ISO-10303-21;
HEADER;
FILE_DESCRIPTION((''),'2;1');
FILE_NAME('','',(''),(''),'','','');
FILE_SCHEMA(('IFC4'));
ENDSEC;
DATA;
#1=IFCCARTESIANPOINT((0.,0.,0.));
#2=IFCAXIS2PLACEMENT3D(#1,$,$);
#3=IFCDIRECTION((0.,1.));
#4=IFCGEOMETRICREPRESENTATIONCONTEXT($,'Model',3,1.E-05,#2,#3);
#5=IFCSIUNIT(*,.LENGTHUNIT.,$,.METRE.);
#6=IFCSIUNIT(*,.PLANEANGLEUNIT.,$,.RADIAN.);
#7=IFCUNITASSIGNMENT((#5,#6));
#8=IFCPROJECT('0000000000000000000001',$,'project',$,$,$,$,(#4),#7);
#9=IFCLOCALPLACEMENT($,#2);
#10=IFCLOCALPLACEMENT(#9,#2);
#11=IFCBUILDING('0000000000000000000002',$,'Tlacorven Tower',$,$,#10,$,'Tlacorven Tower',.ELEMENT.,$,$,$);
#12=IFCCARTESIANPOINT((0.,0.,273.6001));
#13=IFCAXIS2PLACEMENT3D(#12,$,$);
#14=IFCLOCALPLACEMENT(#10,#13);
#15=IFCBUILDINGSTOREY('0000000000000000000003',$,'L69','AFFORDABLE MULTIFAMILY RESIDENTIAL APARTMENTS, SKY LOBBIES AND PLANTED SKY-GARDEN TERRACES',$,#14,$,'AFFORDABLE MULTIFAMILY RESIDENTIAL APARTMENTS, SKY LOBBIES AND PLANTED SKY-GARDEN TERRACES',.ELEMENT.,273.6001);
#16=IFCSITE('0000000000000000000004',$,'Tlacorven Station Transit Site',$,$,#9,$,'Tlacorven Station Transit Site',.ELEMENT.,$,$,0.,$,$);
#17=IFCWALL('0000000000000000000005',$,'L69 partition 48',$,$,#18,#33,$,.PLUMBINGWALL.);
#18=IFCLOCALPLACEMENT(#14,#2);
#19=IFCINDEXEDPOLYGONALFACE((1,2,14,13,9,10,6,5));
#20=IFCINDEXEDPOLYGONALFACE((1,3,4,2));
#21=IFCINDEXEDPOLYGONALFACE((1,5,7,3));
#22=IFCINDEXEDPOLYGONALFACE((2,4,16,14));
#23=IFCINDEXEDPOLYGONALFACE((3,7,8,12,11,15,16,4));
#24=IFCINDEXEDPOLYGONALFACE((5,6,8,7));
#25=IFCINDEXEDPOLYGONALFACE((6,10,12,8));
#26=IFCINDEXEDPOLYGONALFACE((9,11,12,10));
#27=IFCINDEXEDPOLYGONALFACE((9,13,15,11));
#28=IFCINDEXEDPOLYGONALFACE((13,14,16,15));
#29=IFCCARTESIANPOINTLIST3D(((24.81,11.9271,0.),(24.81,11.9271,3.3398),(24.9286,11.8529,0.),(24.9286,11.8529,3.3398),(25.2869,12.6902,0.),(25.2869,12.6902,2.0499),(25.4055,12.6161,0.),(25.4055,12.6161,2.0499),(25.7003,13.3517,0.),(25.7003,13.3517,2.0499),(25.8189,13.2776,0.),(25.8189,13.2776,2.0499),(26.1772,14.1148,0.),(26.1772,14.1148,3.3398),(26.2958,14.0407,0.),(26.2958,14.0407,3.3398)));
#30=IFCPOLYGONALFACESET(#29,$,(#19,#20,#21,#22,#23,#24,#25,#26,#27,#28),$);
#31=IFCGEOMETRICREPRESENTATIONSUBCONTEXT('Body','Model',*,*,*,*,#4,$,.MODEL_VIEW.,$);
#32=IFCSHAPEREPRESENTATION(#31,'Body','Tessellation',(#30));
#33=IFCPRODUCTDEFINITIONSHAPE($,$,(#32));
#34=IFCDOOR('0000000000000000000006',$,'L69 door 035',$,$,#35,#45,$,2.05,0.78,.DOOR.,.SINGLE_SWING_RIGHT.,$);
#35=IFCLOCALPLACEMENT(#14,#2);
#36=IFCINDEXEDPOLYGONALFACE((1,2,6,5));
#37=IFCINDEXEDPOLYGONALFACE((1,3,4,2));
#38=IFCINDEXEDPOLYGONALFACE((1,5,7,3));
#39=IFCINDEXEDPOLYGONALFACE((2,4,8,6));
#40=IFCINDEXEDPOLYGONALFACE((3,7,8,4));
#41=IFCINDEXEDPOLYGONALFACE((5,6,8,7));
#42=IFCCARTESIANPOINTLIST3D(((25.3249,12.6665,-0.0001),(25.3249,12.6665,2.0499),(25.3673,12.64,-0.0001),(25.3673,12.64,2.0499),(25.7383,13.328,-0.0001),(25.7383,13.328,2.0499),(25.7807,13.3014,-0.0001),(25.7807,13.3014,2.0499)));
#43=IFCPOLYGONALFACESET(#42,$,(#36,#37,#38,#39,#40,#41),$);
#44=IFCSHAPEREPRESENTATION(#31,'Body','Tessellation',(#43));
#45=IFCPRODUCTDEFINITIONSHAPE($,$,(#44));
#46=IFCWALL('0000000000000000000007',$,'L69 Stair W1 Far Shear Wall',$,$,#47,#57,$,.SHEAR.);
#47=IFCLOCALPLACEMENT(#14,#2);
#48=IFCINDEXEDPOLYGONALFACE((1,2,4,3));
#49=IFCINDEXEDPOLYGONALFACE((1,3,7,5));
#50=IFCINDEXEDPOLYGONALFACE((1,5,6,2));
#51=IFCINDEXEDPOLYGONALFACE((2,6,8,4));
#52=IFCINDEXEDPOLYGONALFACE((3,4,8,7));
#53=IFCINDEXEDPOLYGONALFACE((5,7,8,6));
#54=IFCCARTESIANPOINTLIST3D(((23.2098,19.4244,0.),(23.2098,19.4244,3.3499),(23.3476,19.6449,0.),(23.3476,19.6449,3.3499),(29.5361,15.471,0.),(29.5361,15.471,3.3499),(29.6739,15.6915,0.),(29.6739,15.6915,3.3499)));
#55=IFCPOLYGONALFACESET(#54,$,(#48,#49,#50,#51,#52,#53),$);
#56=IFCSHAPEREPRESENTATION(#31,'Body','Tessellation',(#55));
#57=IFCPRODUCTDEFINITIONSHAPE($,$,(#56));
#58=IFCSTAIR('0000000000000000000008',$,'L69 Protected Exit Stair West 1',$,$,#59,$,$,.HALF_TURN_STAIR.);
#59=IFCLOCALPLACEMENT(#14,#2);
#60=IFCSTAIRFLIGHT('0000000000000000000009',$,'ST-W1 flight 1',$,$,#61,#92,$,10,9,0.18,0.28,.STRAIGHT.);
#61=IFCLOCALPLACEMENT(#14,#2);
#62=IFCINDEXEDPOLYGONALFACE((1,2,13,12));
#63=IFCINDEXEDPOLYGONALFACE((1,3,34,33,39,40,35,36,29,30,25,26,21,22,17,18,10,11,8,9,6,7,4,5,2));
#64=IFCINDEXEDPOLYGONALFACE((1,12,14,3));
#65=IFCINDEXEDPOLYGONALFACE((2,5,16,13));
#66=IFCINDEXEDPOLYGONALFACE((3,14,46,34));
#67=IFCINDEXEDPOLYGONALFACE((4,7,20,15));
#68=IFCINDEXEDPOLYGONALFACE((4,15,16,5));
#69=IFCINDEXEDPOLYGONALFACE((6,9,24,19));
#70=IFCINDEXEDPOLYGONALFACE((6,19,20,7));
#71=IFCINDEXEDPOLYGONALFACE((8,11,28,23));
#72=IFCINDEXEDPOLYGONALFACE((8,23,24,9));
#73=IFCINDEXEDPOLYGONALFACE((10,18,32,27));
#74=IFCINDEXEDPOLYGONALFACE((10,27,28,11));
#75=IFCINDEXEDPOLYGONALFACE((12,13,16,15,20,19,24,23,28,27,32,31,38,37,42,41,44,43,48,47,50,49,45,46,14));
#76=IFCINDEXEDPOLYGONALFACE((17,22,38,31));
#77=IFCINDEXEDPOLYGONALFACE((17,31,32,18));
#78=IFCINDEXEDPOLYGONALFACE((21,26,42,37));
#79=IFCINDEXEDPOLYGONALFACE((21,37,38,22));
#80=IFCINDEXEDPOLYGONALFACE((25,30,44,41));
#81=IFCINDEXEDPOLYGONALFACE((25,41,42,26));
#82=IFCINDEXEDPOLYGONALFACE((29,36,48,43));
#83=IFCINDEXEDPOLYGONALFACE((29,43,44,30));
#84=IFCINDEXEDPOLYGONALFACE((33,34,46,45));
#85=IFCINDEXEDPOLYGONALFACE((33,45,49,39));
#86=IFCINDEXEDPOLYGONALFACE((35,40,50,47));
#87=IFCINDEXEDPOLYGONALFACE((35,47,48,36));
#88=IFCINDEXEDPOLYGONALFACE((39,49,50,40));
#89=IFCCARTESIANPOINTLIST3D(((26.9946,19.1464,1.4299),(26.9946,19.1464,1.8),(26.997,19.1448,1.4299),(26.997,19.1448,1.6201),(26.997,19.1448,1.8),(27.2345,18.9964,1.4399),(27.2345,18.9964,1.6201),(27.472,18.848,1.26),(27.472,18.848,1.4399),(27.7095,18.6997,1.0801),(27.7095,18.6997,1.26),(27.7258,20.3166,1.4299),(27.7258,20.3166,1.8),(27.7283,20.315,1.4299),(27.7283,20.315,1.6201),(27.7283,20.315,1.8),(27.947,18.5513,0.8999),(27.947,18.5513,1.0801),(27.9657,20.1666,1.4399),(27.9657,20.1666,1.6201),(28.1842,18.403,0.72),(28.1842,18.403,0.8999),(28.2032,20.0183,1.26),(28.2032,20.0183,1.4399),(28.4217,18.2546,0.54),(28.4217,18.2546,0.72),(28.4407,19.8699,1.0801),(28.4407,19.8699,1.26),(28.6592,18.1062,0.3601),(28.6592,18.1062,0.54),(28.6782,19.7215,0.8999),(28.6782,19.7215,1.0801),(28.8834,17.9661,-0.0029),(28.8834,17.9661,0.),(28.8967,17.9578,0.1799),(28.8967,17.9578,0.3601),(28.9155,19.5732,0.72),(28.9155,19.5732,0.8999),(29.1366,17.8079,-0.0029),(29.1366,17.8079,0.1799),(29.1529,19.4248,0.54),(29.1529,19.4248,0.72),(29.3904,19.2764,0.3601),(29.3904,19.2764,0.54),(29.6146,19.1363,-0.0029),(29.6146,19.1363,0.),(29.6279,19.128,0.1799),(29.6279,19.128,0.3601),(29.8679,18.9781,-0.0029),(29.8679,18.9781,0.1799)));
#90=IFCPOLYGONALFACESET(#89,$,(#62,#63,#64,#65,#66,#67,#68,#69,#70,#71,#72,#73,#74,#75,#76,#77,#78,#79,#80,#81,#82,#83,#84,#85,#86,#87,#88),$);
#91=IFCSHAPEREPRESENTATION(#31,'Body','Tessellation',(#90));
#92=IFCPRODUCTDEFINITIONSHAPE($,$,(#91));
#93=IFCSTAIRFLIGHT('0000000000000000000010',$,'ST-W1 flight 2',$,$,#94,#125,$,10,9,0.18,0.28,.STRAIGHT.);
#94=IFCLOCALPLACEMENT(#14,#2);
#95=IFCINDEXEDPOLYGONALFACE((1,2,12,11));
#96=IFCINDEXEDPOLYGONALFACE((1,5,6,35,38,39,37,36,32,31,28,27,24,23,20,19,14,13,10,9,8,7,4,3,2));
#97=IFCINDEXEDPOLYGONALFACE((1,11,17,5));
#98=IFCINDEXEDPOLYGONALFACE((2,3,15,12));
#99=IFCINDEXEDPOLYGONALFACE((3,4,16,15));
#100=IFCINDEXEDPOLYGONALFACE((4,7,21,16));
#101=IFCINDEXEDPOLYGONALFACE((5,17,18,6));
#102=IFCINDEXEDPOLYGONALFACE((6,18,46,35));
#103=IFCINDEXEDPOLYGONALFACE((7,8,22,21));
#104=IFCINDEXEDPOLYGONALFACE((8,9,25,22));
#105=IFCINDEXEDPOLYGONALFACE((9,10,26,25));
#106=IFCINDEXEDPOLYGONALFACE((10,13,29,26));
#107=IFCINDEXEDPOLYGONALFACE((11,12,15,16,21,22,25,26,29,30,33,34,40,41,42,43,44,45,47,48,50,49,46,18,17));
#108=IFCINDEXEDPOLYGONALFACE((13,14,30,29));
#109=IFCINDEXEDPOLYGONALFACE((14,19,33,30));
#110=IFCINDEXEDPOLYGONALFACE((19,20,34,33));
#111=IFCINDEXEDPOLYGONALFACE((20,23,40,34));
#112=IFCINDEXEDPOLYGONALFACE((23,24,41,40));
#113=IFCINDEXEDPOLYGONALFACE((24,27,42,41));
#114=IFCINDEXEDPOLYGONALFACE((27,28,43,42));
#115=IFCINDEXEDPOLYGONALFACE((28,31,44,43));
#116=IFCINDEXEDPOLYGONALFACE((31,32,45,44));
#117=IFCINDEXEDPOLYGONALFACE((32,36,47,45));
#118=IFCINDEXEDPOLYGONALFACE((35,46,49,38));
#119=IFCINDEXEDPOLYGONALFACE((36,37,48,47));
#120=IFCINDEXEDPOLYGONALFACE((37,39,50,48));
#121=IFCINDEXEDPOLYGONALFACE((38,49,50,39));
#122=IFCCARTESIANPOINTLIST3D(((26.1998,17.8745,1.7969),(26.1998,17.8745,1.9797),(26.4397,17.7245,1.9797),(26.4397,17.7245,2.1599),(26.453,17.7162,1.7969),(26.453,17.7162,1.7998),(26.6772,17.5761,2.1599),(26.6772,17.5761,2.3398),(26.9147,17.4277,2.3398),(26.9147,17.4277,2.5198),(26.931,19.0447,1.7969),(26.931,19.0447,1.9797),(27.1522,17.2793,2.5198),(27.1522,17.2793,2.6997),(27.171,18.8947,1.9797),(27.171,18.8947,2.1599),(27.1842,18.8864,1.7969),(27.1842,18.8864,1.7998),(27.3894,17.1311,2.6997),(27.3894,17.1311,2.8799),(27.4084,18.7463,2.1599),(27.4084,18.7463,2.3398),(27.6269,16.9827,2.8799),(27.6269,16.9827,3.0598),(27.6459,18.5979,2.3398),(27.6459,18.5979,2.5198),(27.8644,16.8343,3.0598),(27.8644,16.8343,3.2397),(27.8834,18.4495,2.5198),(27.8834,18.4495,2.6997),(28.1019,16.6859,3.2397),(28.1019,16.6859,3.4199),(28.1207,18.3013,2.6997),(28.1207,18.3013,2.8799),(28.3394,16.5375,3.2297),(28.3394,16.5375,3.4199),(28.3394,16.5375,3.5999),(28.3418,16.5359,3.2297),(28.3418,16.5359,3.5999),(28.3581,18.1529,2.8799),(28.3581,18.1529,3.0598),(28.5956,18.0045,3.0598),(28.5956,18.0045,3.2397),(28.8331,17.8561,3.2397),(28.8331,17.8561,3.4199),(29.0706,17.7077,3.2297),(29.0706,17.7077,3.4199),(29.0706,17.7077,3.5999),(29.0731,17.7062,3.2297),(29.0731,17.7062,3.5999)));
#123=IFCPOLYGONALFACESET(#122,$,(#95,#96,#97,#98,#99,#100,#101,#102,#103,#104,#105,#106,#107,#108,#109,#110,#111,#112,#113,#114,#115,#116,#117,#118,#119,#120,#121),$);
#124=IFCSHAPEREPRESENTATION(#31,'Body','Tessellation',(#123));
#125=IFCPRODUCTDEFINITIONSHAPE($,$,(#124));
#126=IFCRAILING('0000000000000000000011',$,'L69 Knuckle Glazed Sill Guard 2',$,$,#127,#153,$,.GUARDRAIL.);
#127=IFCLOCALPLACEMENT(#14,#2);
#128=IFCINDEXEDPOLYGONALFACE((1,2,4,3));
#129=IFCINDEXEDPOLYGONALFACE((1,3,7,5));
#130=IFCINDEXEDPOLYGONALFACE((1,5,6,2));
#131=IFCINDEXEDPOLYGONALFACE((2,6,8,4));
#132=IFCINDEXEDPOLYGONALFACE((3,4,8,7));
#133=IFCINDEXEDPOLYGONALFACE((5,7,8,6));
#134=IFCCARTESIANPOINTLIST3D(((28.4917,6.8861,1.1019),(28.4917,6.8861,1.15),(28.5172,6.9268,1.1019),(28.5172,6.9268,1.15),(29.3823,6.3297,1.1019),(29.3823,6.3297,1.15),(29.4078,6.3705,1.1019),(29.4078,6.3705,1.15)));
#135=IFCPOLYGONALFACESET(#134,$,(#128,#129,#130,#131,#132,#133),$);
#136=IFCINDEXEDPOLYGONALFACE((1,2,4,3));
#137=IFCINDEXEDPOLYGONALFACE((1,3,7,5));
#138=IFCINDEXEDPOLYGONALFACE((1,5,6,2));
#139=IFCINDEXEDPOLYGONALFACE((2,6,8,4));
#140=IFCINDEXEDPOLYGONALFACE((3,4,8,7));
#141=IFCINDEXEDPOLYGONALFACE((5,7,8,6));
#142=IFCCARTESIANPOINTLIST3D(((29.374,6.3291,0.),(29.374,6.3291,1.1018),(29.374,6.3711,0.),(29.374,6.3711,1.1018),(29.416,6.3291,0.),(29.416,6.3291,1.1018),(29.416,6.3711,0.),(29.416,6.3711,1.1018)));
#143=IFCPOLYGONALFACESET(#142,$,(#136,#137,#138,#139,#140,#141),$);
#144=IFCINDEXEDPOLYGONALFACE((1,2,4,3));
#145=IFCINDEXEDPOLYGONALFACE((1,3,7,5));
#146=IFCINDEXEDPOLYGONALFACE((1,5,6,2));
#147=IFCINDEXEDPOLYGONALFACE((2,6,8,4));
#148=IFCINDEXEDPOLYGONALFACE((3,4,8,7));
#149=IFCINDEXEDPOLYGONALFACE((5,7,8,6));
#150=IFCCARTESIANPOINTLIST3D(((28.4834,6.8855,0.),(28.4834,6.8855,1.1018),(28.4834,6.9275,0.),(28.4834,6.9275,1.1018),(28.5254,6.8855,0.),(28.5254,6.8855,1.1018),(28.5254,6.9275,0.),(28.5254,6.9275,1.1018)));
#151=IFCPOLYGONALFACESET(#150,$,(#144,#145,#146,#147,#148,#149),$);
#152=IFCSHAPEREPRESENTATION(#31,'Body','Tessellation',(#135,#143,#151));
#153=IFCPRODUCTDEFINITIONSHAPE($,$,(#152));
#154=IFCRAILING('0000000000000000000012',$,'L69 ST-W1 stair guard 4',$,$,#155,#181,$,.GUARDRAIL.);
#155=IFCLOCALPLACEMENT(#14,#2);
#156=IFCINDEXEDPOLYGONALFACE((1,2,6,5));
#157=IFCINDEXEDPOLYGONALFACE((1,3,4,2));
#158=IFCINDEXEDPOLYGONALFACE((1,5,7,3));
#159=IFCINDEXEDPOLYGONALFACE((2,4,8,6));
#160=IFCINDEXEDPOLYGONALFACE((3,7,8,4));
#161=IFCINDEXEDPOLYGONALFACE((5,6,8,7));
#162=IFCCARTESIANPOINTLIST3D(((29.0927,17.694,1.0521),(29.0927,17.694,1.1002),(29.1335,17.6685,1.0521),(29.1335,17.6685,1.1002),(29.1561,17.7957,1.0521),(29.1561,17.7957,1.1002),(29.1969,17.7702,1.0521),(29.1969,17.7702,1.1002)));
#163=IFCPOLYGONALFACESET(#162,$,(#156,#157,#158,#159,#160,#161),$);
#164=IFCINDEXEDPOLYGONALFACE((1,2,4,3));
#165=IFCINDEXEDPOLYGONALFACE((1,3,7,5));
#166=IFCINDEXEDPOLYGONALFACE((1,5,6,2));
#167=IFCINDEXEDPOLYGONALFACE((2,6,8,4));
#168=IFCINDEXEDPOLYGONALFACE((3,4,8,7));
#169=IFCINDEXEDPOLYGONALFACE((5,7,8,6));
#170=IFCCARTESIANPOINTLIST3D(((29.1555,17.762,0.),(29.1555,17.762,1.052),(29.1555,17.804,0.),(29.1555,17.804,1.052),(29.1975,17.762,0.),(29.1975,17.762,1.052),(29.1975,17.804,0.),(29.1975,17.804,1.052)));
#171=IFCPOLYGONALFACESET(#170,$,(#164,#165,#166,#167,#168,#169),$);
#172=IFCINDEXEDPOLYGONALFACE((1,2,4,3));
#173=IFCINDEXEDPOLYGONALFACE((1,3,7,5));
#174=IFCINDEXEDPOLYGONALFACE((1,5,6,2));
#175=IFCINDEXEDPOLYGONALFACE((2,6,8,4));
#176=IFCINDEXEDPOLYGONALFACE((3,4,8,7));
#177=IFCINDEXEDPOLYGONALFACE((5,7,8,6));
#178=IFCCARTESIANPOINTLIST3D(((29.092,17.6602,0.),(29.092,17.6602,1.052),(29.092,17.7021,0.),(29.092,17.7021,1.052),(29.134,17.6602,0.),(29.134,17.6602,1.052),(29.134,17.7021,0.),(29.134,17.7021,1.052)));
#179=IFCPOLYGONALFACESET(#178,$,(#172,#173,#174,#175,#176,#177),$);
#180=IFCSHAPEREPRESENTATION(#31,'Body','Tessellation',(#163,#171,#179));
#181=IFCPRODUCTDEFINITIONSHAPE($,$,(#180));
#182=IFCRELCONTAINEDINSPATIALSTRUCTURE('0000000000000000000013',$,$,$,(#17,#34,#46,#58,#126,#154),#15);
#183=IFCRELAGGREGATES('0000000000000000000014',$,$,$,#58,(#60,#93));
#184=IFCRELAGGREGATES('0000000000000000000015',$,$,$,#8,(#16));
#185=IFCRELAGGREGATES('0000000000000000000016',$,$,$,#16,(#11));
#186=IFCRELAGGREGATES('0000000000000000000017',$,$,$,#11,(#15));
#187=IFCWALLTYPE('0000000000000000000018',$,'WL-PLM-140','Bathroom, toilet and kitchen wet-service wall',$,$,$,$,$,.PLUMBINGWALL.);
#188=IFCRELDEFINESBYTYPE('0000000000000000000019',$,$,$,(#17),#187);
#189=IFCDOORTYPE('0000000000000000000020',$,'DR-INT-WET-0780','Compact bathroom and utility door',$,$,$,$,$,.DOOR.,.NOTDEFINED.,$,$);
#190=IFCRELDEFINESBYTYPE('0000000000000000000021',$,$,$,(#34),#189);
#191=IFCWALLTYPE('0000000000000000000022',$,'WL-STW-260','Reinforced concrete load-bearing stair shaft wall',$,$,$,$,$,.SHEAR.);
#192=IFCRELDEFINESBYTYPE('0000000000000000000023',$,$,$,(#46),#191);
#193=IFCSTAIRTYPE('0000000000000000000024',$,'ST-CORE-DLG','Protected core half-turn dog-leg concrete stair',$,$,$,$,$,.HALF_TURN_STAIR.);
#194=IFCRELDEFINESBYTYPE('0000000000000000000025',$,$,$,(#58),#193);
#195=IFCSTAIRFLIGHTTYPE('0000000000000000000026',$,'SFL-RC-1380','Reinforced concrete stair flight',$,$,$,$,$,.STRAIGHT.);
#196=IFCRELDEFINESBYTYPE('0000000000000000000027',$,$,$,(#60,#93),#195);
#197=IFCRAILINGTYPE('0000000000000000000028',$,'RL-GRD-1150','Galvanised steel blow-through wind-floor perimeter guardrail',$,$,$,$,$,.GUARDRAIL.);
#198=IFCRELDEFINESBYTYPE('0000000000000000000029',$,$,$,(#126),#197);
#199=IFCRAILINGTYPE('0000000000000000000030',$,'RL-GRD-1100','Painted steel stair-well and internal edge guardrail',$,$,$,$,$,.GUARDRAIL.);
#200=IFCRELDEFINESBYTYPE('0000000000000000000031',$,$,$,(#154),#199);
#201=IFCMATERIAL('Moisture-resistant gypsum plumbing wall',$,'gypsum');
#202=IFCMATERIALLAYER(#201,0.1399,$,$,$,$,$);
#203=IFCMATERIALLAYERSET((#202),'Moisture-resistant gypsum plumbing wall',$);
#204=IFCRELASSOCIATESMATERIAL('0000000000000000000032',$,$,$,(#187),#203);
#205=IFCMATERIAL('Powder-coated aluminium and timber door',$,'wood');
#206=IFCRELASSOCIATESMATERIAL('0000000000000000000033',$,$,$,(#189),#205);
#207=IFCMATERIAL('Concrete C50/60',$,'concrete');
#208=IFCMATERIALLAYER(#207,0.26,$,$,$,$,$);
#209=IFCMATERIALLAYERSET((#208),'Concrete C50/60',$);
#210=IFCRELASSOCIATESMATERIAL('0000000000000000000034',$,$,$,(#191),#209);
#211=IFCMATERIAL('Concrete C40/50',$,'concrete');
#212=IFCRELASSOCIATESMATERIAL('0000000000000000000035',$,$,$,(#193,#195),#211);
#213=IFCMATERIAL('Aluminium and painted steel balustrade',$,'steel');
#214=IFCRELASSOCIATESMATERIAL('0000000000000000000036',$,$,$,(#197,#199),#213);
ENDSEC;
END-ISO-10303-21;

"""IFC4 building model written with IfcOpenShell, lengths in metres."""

from ifc_helpers import new_model, si_unit, direction, frame, frame_2d, origin, origin_2d, place, context, subcontext, project, spatial, polyline, rectangle, outline, extrude, source, transform, mapped, material, layer, layer_set, type_object, element, fill, aggregate, save


model = new_model("IFC4")

# Units and contexts
model_context = context("Model", 3, precision=1e-05, world=origin(), true_north=direction((0.0, 1.0)))
body_context = subcontext(model_context, "Body", "Model", "MODEL_VIEW")
ifc_project = project(units=[si_unit("LENGTHUNIT", "METRE"), si_unit("PLANEANGLEUNIT", "RADIAN")], contexts=[model_context])

# Site, building, storey
site_placement = place(None, origin())
site = spatial("IfcSite", under=ifc_project, at=site_placement, Name="Tlacorven Station Transit Site", LongName="Tlacorven Station Transit Site", CompositionType="ELEMENT", RefElevation=0.0)
building_placement = place(site_placement, origin())
building = spatial("IfcBuilding", under=site, at=building_placement, Name="Tlacorven Tower", LongName="Tlacorven Tower", CompositionType="ELEMENT")
storey_placement = place(building_placement, frame((0.0, 0.0, 273.6001)))
storey = spatial("IfcBuildingStorey", under=building, at=storey_placement, Name="L69", Description="AFFORDABLE MULTIFAMILY RESIDENTIAL APARTMENTS, SKY LOBBIES AND PLANTED SKY-GARDEN TERRACES", LongName="AFFORDABLE MULTIFAMILY RESIDENTIAL APARTMENTS, SKY LOBBIES AND PLANTED SKY-GARDEN TERRACES", CompositionType="ELEMENT", Elevation=273.6001)

# Shared definitions
ifc_material_1 = material(Name="Powder-coated aluminium and timber door", Category="wood")

# Wall, opening, door
ifc_material_2 = material(Name="Moisture-resistant gypsum plumbing wall", Category="gypsum")
ifc_layer_1 = layer(ifc_material_2, 0.1399)
ifc_layer_set_1 = layer_set([ifc_layer_1], Name="Moisture-resistant gypsum plumbing wall")
wall_type_1 = type_object("IfcWallType", Name="WL-PLM-140", Description="Bathroom, toilet and kitchen wet-service wall", PredefinedType="PLUMBINGWALL", material=ifc_layer_set_1)
wall_1_placement = place(storey_placement, frame((26.2366, 14.0779, 0.0), z_axis=(0.0, 0.0, 1.0), x_axis=(-0.529956, -0.848025, 0.0)))
wall_1 = element("IfcWall", 1, at=wall_1_placement, inside=storey, type_object=wall_type_1, Name="L69 partition 48", PredefinedType="PLUMBINGWALL", context=body_context, shape_type="SweptSolid", body=[
    extrude(rectangle(XDim=2.5798, YDim=0.1399, at=frame_2d((1.29, 0.0))), origin(), (0.0, 0.0, 1.0), 3.3398),
])
opening_1_placement = place(wall_1_placement, frame((0.8999, 0.0, 0.0)))
opening_1 = element("IfcOpeningElement", 2, at=opening_1_placement, cuts=wall_1, PredefinedType="OPENING", context=body_context, shape_type="SweptSolid", body=[
    extrude(rectangle(XDim=0.78, YDim=2.05, at=frame_2d((0.3901, 1.0249))), frame((0.0, 0.0801, 0.0), z_axis=(0.0, -1.0, 0.0), x_axis=(1.0, 0.0, 0.0)), (0.0, 0.0, 1.0), 0.1599),
])
door_type_1 = type_object("IfcDoorType", Name="DR-INT-WET-0780", Description="Compact bathroom and utility door", OperationType="NOTDEFINED", PredefinedType="DOOR", material=ifc_material_1)
shared_shape_1 = source(origin(), body_context, "Body", "SweptSolid", [
    extrude(rectangle(XDim=0.78, YDim=2.05, at=frame_2d((0.3901, 1.0249))), frame((0.0, 0.0249, 0.0), z_axis=(0.0, -1.0, 0.0), x_axis=(1.0, 0.0, 0.0)), (0.0, 0.0, 1.0), 0.05),
])
door_1_placement = place(opening_1_placement, origin())
door_1 = element("IfcDoor", 3, at=door_1_placement, inside=storey, type_object=door_type_1, Name="L69 door 035", OperationType="SINGLE_SWING_RIGHT", OverallHeight=2.05, OverallWidth=0.78, PredefinedType="DOOR", context=body_context, shape_type="MappedRepresentation", body=[
    mapped(shared_shape_1, transform((0.0, 0.0, 0.0), scale=1.0)),
])
fill(opening_1, door_1)

# Wall
ifc_material_3 = material(Name="Concrete C50/60", Category="concrete")
ifc_layer_2 = layer(ifc_material_3, 0.26)
ifc_layer_set_2 = layer_set([ifc_layer_2], Name="Concrete C50/60")
wall_type_2 = type_object("IfcWallType", Name="WL-STW-260", Description="Reinforced concrete load-bearing stair shaft wall", PredefinedType="SHEAR", material=ifc_layer_set_2)
wall_2_placement = place(storey_placement, frame((29.605, 15.5813, 0.0), z_axis=(0.0, 0.0, 1.0), x_axis=(-0.848037, 0.529937, 0.0)))
element("IfcWall", 4, at=wall_2_placement, inside=storey, type_object=wall_type_2, Name="L69 Stair W1 Far Shear Wall", PredefinedType="SHEAR", context=body_context, shape_type="SweptSolid", body=[
    extrude(rectangle(XDim=7.46, YDim=0.26, at=frame_2d((3.73, 0.0))), origin(), (0.0, 0.0, 1.0), 3.3499),
])

# Stair, stair flights
ifc_material_4 = material(Name="Concrete C40/50", Category="concrete")
stair_type = type_object("IfcStairType", Name="ST-CORE-DLG", Description="Protected core half-turn dog-leg concrete stair", PredefinedType="HALF_TURN_STAIR", material=ifc_material_4)
stair_placement = place(storey_placement, origin())
stair = element("IfcStair", 5, at=stair_placement, inside=storey, type_object=stair_type, Name="L69 Protected Exit Stair West 1", PredefinedType="HALF_TURN_STAIR")
stair_flight_type = type_object("IfcStairFlightType", Name="SFL-RC-1380", Description="Reinforced concrete stair flight", PredefinedType="STRAIGHT", material=ifc_material_4)
shared_shape_2 = source(origin(), body_context, "Body", "SweptSolid", [
    extrude(outline(polyline([(-0.0029, -0.0029), (-0.0029, 0.1799), (0.28, 0.1799), (0.28, 0.3601), (0.5601, 0.3601), (0.5601, 0.54), (0.8401, 0.54), (0.8401, 0.72), (1.1201, 0.72), (1.1201, 0.8999), (1.3999, 0.8999), (1.3999, 1.0801), (1.6799, 1.0801), (1.6799, 1.26), (1.96, 1.26), (1.96, 1.4399), (2.24, 1.4399), (2.24, 1.6201), (2.52, 1.6201), (2.52, 1.8), (2.5229, 1.8), (2.5229, 1.4299), (2.52, 1.4299), (0.2957, 0.0), (0.2957, -0.0029), (-0.0029, -0.0029)])), frame((0.0, 0.6899, 0.0), z_axis=(0.0, -1.0, 0.0), x_axis=(1.0, 0.0, 0.0)), (0.0, 0.0, 1.0), 1.3799),
])
stair_flight_1_placement = place(storey_placement, frame((29.4998, 18.3945, 0.0), z_axis=(0.0, 0.0, 1.0), x_axis=(-0.848048, 0.529919, 0.0)))
stair_flight_1 = element("IfcStairFlight", 6, at=stair_flight_1_placement, type_object=stair_flight_type, Name="ST-W1 flight 1", NumberOfRisers=10, NumberOfTreads=9, PredefinedType="STRAIGHT", RiserHeight=0.18, TreadLength=0.28, context=body_context, shape_type="MappedRepresentation", body=[
    mapped(shared_shape_2, transform((0.0, 0.0, 0.0), scale=1.0)),
])
stair_flight_2_placement = place(storey_placement, frame((26.5679, 18.458, 1.7998), z_axis=(0.0, 0.0, 1.0), x_axis=(0.848048, -0.529919, 0.0)))
stair_flight_2 = element("IfcStairFlight", 7, at=stair_flight_2_placement, type_object=stair_flight_type, Name="ST-W1 flight 2", NumberOfRisers=10, NumberOfTreads=9, PredefinedType="STRAIGHT", RiserHeight=0.18, TreadLength=0.28, context=body_context, shape_type="MappedRepresentation", body=[
    mapped(shared_shape_2, transform((0.0, 0.0, 0.0), scale=1.0)),
])
aggregate(stair, [stair_flight_1, stair_flight_2])

# Railings
ifc_material_5 = material(Name="Aluminium and painted steel balustrade", Category="steel")
railing_type_1 = type_object("IfcRailingType", Name="RL-GRD-1150", Description="Galvanised steel blow-through wind-floor perimeter guardrail", PredefinedType="GUARDRAIL", material=ifc_material_5)
shared_shape_3 = source(origin(), body_context, "Body", "SweptSolid", [
    extrude(rectangle(XDim=0.0481, YDim=0.0481, at=origin_2d()), frame((0.0, 0.0, 1.126), z_axis=(-0.848103, 0.529832, 0.0), x_axis=(-0.529832, -0.848103, 0.0)), (0.0, 0.0, 1.0), 1.05),
    extrude(rectangle(XDim=0.042, YDim=0.042, at=origin_2d()), origin(), (0.0, 0.0, 1.0), 1.1018),
    extrude(rectangle(XDim=0.042, YDim=0.042, at=origin_2d()), frame((-0.8906, 0.5564, 0.0)), (0.0, 0.0, 1.0), 1.1018),
])
railing_1_placement = place(storey_placement, frame((29.395, 6.3501, 0.0)))
element("IfcRailing", 8, at=railing_1_placement, inside=storey, type_object=railing_type_1, Name="L69 Knuckle Glazed Sill Guard 2", PredefinedType="GUARDRAIL", context=body_context, shape_type="MappedRepresentation", body=[
    mapped(shared_shape_3, transform((0.0, 0.0, 0.0), scale=1.0)),
])
railing_type_2 = type_object("IfcRailingType", Name="RL-GRD-1100", Description="Painted steel stair-well and internal edge guardrail", PredefinedType="GUARDRAIL", material=ifc_material_5)
shared_shape_4 = source(origin(), body_context, "Body", "SweptSolid", [
    extrude(rectangle(XDim=0.0481, YDim=0.0481, at=origin_2d()), frame((0.0, 0.0, 1.0762), z_axis=(-0.529084, -0.848569, 0.0), x_axis=(0.848569, -0.529084, 0.0)), (0.0, 0.0, 1.0), 0.1199),
    extrude(rectangle(XDim=0.042, YDim=0.042, at=origin_2d()), origin(), (0.0, 0.0, 1.0), 1.052),
    extrude(rectangle(XDim=0.042, YDim=0.042, at=origin_2d()), frame((-0.0635, -0.1018, 0.0)), (0.0, 0.0, 1.0), 1.052),
])
railing_2_placement = place(storey_placement, frame((29.1765, 17.783, 0.0)))
element("IfcRailing", 9, at=railing_2_placement, inside=storey, type_object=railing_type_2, Name="L69 ST-W1 stair guard 4", PredefinedType="GUARDRAIL", context=body_context, shape_type="MappedRepresentation", body=[
    mapped(shared_shape_4, transform((0.0, 0.0, 0.0), scale=1.0)),
])

save(model, "model.ifc")
